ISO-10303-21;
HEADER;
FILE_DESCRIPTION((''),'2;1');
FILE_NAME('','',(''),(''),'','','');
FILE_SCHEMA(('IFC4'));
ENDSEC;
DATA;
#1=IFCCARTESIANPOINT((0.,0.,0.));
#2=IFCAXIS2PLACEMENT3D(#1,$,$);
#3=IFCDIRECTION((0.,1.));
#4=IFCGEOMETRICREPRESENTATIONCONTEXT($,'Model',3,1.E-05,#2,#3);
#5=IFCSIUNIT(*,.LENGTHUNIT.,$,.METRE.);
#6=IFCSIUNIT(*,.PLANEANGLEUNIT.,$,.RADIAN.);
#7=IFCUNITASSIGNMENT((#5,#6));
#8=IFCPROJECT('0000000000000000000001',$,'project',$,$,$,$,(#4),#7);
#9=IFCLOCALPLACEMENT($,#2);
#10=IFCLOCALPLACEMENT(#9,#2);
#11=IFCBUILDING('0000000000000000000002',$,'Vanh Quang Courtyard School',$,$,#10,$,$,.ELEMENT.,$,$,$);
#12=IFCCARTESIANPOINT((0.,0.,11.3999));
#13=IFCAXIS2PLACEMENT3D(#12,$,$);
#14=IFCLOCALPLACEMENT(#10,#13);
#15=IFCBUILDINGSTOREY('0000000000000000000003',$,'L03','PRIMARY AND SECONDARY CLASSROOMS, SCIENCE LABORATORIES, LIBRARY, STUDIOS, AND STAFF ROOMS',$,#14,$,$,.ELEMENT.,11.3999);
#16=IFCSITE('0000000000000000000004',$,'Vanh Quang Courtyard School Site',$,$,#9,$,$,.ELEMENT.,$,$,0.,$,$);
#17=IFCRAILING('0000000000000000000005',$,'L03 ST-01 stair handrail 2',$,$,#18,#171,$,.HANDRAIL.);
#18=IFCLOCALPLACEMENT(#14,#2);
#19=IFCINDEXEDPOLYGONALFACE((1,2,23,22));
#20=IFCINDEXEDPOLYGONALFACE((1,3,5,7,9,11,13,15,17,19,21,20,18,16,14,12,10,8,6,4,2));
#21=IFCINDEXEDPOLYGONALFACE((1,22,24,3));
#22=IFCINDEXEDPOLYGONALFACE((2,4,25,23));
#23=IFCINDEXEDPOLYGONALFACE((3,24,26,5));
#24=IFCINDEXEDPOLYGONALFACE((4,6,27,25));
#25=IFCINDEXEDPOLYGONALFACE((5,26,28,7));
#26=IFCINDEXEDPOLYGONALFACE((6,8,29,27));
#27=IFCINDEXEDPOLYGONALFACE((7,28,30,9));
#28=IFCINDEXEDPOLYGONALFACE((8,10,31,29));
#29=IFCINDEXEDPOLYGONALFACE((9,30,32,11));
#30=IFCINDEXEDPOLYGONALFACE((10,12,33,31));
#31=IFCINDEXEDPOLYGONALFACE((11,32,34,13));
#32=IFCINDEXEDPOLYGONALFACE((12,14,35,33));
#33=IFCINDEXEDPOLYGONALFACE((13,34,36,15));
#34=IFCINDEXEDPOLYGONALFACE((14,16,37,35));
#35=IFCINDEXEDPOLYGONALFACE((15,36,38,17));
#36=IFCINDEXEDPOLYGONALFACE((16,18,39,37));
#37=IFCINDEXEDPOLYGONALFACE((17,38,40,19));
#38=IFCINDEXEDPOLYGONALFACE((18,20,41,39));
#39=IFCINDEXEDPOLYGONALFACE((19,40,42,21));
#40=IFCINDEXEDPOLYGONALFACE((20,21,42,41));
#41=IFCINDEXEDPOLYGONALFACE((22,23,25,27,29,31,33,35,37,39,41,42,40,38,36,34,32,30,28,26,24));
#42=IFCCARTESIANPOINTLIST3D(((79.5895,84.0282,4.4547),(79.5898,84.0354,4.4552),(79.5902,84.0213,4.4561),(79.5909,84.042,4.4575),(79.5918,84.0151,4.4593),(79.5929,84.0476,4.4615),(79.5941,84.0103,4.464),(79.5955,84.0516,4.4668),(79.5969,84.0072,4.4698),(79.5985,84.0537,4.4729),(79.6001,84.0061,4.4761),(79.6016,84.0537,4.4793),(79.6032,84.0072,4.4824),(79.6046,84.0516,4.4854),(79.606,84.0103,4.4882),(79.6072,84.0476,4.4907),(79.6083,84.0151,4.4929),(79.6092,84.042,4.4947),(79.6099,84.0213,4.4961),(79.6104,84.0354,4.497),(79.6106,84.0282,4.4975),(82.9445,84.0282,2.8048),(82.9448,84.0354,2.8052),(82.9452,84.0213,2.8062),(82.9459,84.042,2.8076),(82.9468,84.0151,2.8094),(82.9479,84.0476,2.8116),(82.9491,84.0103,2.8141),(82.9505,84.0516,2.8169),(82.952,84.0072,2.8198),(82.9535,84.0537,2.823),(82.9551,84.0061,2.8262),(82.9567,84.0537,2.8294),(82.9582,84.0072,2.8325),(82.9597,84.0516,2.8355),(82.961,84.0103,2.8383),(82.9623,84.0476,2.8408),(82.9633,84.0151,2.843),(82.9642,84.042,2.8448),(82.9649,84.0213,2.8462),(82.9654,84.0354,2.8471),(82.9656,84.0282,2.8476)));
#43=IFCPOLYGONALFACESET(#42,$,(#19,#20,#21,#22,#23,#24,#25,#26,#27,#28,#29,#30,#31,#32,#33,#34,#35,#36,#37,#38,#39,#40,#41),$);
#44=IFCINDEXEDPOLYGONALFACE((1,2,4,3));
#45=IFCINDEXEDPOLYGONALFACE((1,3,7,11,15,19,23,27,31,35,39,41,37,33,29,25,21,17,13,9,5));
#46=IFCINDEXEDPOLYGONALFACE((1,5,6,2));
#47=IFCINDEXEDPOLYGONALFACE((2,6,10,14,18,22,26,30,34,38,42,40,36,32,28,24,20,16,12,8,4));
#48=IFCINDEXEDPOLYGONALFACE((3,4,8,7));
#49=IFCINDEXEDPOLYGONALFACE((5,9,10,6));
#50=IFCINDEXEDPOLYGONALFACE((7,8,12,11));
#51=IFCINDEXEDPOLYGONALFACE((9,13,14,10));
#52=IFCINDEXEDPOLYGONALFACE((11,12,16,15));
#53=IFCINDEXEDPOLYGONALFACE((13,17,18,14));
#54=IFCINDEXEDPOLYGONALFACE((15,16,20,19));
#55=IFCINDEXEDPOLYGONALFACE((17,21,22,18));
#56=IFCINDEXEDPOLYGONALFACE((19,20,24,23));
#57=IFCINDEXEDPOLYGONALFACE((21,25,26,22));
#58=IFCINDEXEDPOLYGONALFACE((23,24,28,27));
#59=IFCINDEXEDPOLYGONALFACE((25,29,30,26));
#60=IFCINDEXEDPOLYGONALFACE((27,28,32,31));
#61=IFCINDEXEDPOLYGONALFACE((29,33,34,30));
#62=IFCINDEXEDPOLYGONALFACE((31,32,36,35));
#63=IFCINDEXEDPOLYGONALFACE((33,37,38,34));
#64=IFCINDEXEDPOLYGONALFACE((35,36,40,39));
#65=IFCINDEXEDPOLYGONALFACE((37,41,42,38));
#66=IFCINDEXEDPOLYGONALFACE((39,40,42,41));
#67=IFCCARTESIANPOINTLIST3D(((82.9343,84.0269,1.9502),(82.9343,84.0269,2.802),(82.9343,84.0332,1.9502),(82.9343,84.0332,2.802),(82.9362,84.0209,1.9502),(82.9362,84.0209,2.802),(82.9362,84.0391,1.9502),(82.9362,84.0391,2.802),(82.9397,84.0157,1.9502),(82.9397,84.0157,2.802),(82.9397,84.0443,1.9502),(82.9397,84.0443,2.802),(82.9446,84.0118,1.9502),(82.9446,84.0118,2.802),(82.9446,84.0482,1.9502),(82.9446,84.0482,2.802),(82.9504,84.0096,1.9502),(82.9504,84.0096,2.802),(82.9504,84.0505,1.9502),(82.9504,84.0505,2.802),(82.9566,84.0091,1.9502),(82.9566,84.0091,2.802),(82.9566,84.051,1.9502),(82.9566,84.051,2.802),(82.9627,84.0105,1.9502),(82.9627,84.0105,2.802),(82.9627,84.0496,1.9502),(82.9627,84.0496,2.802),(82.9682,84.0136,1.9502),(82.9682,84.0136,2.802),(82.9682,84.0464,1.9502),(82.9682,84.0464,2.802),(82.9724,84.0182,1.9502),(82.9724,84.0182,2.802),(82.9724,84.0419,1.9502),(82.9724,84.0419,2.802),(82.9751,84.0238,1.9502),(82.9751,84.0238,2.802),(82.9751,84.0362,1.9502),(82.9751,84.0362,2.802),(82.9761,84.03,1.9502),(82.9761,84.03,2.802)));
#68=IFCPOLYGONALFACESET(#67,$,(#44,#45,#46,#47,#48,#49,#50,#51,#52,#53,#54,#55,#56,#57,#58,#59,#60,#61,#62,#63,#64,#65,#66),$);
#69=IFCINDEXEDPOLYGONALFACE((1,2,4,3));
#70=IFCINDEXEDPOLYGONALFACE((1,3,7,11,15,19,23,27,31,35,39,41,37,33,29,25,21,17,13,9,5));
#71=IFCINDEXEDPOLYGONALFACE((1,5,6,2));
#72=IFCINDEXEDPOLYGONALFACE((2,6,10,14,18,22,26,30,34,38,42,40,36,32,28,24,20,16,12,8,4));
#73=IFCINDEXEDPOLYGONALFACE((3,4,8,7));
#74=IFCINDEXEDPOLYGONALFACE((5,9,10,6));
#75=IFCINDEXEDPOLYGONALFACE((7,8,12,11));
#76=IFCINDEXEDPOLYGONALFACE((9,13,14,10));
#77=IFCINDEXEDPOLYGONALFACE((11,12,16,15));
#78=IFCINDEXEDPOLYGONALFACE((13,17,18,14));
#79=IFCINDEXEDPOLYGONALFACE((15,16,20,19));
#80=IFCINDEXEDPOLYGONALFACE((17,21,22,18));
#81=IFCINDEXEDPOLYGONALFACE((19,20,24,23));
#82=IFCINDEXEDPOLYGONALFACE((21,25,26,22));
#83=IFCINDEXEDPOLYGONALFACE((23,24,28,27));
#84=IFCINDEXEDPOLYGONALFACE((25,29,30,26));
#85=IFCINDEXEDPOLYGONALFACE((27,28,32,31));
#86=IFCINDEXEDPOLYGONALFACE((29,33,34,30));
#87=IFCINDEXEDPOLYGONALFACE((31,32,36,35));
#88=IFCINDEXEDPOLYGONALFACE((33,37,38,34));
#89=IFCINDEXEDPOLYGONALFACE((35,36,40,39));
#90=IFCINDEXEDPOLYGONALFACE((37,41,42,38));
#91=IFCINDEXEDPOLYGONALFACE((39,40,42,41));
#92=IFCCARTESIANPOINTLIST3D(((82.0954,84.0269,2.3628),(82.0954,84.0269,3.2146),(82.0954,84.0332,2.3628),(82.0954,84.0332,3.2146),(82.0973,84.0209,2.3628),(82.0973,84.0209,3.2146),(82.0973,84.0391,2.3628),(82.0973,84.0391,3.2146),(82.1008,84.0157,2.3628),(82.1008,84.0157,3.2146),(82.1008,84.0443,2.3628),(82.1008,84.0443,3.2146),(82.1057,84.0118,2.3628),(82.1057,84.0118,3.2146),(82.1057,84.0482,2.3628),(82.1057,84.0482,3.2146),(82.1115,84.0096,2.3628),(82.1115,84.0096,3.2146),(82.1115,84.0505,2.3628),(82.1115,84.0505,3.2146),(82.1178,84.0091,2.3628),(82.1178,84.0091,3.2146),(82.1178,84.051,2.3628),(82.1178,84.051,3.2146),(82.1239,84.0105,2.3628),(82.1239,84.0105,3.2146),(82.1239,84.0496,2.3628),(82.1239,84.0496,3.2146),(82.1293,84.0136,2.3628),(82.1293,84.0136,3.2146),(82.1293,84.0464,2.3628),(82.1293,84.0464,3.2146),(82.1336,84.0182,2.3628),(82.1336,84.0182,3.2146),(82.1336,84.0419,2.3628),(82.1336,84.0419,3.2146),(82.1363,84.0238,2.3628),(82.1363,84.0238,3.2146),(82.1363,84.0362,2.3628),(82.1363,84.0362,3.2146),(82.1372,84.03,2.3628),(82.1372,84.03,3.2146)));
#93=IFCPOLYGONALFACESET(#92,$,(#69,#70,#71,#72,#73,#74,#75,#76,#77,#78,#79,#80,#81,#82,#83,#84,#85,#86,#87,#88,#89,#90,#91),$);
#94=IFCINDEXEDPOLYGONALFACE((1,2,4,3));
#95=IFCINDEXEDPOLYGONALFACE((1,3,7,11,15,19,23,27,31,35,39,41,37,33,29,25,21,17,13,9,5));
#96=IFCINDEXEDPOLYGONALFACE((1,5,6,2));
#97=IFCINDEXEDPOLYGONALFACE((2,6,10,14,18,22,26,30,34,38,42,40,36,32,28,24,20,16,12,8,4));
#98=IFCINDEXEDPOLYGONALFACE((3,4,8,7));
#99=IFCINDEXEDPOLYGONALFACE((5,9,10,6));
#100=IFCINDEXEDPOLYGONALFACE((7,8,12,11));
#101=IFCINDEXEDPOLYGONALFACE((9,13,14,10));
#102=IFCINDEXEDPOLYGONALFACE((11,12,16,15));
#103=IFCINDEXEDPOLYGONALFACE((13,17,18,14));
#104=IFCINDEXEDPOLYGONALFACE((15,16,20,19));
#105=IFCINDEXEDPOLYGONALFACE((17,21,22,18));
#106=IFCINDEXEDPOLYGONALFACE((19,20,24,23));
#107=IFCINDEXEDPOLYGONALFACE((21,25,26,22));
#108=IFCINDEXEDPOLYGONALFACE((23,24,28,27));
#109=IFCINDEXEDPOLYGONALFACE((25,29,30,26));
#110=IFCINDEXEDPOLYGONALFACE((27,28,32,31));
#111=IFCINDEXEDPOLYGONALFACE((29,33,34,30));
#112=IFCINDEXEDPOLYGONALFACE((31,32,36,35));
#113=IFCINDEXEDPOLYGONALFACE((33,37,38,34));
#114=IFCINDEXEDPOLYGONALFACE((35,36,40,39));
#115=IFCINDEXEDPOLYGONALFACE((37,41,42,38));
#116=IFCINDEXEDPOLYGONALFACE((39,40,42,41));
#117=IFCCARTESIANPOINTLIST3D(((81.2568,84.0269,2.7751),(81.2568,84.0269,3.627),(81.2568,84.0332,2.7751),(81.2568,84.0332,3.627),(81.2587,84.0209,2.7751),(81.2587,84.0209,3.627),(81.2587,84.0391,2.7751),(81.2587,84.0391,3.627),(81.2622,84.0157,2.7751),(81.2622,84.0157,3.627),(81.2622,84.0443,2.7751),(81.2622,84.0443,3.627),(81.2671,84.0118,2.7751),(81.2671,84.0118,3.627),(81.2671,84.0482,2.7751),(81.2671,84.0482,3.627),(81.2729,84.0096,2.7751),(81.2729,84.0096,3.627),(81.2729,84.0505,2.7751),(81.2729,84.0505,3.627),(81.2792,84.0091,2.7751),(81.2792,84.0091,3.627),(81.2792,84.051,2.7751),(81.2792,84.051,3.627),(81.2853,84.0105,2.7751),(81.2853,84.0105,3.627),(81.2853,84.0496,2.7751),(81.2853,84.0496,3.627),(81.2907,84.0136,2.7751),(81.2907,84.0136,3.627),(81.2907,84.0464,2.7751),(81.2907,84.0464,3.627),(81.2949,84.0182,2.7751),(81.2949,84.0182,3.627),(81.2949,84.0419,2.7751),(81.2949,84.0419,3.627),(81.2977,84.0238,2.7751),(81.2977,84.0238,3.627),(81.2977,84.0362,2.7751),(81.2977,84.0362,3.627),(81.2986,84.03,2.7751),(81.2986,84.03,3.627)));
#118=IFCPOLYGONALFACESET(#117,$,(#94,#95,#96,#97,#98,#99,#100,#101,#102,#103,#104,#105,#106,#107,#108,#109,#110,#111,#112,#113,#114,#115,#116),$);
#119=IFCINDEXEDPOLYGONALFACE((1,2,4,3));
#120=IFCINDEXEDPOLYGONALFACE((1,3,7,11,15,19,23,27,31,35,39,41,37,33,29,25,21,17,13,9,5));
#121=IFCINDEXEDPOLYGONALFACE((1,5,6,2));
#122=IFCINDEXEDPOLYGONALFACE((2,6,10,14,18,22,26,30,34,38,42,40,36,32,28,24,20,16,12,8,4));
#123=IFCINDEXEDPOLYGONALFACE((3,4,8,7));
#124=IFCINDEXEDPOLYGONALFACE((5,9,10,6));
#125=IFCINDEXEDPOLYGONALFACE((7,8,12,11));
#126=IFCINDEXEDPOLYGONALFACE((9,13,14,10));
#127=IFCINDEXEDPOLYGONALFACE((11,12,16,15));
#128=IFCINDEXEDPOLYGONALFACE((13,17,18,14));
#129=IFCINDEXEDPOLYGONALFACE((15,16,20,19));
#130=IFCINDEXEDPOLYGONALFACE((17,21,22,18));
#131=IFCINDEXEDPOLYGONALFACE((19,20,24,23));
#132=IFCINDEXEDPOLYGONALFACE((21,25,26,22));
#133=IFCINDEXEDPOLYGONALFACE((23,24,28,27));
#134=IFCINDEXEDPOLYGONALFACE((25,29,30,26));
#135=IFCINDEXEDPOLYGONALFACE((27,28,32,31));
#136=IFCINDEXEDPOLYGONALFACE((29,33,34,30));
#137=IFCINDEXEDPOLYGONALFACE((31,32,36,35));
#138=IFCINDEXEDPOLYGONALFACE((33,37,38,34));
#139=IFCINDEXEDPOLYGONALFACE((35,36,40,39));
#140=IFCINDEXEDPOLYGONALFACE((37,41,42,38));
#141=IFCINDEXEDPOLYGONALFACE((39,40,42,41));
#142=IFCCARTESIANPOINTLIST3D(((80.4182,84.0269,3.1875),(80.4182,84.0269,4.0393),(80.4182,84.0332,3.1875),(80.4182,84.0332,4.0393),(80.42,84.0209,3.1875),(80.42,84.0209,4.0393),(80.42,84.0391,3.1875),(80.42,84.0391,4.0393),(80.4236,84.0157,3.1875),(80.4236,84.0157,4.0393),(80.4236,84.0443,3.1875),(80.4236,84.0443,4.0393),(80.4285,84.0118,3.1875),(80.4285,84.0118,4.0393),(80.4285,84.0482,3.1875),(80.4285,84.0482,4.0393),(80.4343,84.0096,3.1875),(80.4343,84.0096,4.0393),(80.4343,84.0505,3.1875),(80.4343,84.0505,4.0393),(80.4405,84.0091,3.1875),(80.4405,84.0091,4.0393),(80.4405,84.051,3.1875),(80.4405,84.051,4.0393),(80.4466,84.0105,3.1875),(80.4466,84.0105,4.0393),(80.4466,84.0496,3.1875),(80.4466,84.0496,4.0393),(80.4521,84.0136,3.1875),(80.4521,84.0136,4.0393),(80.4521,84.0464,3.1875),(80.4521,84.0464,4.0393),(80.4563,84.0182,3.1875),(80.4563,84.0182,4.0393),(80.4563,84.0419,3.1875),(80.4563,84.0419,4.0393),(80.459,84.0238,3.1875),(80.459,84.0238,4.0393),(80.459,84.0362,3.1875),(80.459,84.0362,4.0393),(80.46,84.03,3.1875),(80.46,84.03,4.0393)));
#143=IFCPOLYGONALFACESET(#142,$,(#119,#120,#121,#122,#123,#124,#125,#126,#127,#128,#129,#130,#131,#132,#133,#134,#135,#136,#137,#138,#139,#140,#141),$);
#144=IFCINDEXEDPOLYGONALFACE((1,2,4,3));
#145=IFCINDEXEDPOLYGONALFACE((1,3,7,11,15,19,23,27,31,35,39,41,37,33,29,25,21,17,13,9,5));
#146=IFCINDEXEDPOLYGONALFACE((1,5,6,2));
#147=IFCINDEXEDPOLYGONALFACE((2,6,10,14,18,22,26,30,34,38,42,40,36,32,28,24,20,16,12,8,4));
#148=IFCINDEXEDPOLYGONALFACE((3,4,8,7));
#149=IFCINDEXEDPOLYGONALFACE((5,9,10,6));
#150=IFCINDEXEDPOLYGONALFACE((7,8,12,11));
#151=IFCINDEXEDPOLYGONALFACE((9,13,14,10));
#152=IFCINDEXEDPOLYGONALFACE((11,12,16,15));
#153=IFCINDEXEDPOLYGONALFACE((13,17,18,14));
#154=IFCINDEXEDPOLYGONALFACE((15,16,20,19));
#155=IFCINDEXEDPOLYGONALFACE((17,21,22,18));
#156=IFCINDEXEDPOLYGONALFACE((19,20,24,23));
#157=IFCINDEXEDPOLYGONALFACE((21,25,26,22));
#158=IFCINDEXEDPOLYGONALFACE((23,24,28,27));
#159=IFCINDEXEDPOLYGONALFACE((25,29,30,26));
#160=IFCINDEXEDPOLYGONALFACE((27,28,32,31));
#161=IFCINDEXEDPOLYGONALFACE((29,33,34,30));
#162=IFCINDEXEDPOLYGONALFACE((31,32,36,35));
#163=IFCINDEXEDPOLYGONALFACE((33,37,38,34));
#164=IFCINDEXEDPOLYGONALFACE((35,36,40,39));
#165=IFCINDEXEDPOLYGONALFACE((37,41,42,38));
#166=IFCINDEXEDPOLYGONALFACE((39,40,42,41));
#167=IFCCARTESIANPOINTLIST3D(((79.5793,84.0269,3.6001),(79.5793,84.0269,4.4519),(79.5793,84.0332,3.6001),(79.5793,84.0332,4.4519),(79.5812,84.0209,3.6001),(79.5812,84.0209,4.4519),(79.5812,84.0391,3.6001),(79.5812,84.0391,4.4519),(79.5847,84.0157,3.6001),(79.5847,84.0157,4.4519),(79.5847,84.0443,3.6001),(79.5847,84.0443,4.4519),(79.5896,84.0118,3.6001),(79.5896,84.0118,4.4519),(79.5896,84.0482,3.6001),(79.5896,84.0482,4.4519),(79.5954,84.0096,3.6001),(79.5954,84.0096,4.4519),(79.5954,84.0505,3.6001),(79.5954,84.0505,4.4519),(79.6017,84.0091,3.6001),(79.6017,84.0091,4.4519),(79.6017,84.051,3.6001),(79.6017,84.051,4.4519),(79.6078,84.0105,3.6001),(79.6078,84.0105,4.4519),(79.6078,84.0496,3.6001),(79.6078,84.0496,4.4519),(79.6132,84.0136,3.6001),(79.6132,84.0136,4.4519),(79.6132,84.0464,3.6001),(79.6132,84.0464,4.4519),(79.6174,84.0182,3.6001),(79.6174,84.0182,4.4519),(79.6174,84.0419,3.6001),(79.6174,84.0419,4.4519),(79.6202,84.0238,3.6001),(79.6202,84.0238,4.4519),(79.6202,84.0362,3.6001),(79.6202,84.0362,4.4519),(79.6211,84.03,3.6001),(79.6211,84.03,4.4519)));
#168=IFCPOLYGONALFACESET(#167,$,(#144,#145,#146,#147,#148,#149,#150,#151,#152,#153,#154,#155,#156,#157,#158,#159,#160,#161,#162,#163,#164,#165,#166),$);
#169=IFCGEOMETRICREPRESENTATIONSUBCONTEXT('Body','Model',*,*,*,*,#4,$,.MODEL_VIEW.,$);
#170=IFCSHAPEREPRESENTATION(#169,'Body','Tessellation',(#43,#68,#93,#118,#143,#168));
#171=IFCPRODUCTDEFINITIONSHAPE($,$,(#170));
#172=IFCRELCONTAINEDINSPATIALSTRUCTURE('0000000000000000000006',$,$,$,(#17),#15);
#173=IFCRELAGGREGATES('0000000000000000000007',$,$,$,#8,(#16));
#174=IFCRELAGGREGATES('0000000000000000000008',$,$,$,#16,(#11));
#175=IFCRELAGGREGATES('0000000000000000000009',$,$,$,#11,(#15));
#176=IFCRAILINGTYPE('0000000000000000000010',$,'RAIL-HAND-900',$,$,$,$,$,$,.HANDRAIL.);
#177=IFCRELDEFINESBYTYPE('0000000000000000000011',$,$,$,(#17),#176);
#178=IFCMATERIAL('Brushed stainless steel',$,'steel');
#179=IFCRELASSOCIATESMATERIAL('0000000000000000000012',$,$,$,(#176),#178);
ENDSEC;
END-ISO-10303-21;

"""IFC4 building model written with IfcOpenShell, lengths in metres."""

from ifc_helpers import new_model, si_unit, direction, frame, origin, origin_2d, place, context, subcontext, project, spatial, circle, extrude, material, type_object, element, save


model = new_model("IFC4")

# Units and contexts
model_context = context("Model", 3, precision=1e-05, world=origin(), true_north=direction((0.0, 1.0)))
body_context = subcontext(model_context, "Body", "Model", "MODEL_VIEW")
ifc_project = project(units=[si_unit("LENGTHUNIT", "METRE"), si_unit("PLANEANGLEUNIT", "RADIAN")], contexts=[model_context])

# Site, building, storey
site_placement = place(None, origin())
site = spatial("IfcSite", under=ifc_project, at=site_placement, Name="Vanh Quang Courtyard School Site", CompositionType="ELEMENT", RefElevation=0.0)
building_placement = place(site_placement, origin())
building = spatial("IfcBuilding", under=site, at=building_placement, Name="Vanh Quang Courtyard School", CompositionType="ELEMENT")
storey_placement = place(building_placement, frame((0.0, 0.0, 11.3999)))
storey = spatial("IfcBuildingStorey", under=building, at=storey_placement, Name="L03", Description="PRIMARY AND SECONDARY CLASSROOMS, SCIENCE LABORATORIES, LIBRARY, STUDIOS, AND STAFF ROOMS", CompositionType="ELEMENT", Elevation=11.3999)

# Railing
ifc_material_1 = material(Name="Brushed stainless steel", Category="steel")
railing_type_1 = type_object("IfcRailingType", Name="RAIL-HAND-900", PredefinedType="HANDRAIL", material=ifc_material_1)
for number, where, name in (
    (1, (82.9551, 84.03, 1.9502), "L03 ST-01 stair handrail 2"),
):
    element("IfcRailing", number, at=place(storey_placement, frame(where)), inside=storey, type_object=railing_type_1, Name=name, PredefinedType="HANDRAIL", context=body_context, shape_type="SweptSolid", body=[
        extrude(circle(Radius=0.0239, at=origin_2d()), frame((0.0, 0.0, 0.876), z_axis=(-0.897359, 0.0, 0.441301), x_axis=(0.0, -1.0, 0.0)), (0.0, 0.0, 1.0), 3.7388),
        extrude(circle(Radius=0.021, at=origin_2d()), origin(), (0.0, 0.0, 1.0), 0.8518),
        extrude(circle(Radius=0.021, at=origin_2d()), frame((-0.8389, 0.0, 0.4126)), (0.0, 0.0, 1.0), 0.8518),
        extrude(circle(Radius=0.021, at=origin_2d()), frame((-1.6775, 0.0, 0.825)), (0.0, 0.0, 1.0), 0.8518),
        extrude(circle(Radius=0.021, at=origin_2d()), frame((-2.5161, 0.0, 1.2373)), (0.0, 0.0, 1.0), 0.8518),
        extrude(circle(Radius=0.021, at=origin_2d()), frame((-3.355, 0.0, 1.6499)), (0.0, 0.0, 1.0), 0.8518),
    ])

save(model, "model.ifc")
